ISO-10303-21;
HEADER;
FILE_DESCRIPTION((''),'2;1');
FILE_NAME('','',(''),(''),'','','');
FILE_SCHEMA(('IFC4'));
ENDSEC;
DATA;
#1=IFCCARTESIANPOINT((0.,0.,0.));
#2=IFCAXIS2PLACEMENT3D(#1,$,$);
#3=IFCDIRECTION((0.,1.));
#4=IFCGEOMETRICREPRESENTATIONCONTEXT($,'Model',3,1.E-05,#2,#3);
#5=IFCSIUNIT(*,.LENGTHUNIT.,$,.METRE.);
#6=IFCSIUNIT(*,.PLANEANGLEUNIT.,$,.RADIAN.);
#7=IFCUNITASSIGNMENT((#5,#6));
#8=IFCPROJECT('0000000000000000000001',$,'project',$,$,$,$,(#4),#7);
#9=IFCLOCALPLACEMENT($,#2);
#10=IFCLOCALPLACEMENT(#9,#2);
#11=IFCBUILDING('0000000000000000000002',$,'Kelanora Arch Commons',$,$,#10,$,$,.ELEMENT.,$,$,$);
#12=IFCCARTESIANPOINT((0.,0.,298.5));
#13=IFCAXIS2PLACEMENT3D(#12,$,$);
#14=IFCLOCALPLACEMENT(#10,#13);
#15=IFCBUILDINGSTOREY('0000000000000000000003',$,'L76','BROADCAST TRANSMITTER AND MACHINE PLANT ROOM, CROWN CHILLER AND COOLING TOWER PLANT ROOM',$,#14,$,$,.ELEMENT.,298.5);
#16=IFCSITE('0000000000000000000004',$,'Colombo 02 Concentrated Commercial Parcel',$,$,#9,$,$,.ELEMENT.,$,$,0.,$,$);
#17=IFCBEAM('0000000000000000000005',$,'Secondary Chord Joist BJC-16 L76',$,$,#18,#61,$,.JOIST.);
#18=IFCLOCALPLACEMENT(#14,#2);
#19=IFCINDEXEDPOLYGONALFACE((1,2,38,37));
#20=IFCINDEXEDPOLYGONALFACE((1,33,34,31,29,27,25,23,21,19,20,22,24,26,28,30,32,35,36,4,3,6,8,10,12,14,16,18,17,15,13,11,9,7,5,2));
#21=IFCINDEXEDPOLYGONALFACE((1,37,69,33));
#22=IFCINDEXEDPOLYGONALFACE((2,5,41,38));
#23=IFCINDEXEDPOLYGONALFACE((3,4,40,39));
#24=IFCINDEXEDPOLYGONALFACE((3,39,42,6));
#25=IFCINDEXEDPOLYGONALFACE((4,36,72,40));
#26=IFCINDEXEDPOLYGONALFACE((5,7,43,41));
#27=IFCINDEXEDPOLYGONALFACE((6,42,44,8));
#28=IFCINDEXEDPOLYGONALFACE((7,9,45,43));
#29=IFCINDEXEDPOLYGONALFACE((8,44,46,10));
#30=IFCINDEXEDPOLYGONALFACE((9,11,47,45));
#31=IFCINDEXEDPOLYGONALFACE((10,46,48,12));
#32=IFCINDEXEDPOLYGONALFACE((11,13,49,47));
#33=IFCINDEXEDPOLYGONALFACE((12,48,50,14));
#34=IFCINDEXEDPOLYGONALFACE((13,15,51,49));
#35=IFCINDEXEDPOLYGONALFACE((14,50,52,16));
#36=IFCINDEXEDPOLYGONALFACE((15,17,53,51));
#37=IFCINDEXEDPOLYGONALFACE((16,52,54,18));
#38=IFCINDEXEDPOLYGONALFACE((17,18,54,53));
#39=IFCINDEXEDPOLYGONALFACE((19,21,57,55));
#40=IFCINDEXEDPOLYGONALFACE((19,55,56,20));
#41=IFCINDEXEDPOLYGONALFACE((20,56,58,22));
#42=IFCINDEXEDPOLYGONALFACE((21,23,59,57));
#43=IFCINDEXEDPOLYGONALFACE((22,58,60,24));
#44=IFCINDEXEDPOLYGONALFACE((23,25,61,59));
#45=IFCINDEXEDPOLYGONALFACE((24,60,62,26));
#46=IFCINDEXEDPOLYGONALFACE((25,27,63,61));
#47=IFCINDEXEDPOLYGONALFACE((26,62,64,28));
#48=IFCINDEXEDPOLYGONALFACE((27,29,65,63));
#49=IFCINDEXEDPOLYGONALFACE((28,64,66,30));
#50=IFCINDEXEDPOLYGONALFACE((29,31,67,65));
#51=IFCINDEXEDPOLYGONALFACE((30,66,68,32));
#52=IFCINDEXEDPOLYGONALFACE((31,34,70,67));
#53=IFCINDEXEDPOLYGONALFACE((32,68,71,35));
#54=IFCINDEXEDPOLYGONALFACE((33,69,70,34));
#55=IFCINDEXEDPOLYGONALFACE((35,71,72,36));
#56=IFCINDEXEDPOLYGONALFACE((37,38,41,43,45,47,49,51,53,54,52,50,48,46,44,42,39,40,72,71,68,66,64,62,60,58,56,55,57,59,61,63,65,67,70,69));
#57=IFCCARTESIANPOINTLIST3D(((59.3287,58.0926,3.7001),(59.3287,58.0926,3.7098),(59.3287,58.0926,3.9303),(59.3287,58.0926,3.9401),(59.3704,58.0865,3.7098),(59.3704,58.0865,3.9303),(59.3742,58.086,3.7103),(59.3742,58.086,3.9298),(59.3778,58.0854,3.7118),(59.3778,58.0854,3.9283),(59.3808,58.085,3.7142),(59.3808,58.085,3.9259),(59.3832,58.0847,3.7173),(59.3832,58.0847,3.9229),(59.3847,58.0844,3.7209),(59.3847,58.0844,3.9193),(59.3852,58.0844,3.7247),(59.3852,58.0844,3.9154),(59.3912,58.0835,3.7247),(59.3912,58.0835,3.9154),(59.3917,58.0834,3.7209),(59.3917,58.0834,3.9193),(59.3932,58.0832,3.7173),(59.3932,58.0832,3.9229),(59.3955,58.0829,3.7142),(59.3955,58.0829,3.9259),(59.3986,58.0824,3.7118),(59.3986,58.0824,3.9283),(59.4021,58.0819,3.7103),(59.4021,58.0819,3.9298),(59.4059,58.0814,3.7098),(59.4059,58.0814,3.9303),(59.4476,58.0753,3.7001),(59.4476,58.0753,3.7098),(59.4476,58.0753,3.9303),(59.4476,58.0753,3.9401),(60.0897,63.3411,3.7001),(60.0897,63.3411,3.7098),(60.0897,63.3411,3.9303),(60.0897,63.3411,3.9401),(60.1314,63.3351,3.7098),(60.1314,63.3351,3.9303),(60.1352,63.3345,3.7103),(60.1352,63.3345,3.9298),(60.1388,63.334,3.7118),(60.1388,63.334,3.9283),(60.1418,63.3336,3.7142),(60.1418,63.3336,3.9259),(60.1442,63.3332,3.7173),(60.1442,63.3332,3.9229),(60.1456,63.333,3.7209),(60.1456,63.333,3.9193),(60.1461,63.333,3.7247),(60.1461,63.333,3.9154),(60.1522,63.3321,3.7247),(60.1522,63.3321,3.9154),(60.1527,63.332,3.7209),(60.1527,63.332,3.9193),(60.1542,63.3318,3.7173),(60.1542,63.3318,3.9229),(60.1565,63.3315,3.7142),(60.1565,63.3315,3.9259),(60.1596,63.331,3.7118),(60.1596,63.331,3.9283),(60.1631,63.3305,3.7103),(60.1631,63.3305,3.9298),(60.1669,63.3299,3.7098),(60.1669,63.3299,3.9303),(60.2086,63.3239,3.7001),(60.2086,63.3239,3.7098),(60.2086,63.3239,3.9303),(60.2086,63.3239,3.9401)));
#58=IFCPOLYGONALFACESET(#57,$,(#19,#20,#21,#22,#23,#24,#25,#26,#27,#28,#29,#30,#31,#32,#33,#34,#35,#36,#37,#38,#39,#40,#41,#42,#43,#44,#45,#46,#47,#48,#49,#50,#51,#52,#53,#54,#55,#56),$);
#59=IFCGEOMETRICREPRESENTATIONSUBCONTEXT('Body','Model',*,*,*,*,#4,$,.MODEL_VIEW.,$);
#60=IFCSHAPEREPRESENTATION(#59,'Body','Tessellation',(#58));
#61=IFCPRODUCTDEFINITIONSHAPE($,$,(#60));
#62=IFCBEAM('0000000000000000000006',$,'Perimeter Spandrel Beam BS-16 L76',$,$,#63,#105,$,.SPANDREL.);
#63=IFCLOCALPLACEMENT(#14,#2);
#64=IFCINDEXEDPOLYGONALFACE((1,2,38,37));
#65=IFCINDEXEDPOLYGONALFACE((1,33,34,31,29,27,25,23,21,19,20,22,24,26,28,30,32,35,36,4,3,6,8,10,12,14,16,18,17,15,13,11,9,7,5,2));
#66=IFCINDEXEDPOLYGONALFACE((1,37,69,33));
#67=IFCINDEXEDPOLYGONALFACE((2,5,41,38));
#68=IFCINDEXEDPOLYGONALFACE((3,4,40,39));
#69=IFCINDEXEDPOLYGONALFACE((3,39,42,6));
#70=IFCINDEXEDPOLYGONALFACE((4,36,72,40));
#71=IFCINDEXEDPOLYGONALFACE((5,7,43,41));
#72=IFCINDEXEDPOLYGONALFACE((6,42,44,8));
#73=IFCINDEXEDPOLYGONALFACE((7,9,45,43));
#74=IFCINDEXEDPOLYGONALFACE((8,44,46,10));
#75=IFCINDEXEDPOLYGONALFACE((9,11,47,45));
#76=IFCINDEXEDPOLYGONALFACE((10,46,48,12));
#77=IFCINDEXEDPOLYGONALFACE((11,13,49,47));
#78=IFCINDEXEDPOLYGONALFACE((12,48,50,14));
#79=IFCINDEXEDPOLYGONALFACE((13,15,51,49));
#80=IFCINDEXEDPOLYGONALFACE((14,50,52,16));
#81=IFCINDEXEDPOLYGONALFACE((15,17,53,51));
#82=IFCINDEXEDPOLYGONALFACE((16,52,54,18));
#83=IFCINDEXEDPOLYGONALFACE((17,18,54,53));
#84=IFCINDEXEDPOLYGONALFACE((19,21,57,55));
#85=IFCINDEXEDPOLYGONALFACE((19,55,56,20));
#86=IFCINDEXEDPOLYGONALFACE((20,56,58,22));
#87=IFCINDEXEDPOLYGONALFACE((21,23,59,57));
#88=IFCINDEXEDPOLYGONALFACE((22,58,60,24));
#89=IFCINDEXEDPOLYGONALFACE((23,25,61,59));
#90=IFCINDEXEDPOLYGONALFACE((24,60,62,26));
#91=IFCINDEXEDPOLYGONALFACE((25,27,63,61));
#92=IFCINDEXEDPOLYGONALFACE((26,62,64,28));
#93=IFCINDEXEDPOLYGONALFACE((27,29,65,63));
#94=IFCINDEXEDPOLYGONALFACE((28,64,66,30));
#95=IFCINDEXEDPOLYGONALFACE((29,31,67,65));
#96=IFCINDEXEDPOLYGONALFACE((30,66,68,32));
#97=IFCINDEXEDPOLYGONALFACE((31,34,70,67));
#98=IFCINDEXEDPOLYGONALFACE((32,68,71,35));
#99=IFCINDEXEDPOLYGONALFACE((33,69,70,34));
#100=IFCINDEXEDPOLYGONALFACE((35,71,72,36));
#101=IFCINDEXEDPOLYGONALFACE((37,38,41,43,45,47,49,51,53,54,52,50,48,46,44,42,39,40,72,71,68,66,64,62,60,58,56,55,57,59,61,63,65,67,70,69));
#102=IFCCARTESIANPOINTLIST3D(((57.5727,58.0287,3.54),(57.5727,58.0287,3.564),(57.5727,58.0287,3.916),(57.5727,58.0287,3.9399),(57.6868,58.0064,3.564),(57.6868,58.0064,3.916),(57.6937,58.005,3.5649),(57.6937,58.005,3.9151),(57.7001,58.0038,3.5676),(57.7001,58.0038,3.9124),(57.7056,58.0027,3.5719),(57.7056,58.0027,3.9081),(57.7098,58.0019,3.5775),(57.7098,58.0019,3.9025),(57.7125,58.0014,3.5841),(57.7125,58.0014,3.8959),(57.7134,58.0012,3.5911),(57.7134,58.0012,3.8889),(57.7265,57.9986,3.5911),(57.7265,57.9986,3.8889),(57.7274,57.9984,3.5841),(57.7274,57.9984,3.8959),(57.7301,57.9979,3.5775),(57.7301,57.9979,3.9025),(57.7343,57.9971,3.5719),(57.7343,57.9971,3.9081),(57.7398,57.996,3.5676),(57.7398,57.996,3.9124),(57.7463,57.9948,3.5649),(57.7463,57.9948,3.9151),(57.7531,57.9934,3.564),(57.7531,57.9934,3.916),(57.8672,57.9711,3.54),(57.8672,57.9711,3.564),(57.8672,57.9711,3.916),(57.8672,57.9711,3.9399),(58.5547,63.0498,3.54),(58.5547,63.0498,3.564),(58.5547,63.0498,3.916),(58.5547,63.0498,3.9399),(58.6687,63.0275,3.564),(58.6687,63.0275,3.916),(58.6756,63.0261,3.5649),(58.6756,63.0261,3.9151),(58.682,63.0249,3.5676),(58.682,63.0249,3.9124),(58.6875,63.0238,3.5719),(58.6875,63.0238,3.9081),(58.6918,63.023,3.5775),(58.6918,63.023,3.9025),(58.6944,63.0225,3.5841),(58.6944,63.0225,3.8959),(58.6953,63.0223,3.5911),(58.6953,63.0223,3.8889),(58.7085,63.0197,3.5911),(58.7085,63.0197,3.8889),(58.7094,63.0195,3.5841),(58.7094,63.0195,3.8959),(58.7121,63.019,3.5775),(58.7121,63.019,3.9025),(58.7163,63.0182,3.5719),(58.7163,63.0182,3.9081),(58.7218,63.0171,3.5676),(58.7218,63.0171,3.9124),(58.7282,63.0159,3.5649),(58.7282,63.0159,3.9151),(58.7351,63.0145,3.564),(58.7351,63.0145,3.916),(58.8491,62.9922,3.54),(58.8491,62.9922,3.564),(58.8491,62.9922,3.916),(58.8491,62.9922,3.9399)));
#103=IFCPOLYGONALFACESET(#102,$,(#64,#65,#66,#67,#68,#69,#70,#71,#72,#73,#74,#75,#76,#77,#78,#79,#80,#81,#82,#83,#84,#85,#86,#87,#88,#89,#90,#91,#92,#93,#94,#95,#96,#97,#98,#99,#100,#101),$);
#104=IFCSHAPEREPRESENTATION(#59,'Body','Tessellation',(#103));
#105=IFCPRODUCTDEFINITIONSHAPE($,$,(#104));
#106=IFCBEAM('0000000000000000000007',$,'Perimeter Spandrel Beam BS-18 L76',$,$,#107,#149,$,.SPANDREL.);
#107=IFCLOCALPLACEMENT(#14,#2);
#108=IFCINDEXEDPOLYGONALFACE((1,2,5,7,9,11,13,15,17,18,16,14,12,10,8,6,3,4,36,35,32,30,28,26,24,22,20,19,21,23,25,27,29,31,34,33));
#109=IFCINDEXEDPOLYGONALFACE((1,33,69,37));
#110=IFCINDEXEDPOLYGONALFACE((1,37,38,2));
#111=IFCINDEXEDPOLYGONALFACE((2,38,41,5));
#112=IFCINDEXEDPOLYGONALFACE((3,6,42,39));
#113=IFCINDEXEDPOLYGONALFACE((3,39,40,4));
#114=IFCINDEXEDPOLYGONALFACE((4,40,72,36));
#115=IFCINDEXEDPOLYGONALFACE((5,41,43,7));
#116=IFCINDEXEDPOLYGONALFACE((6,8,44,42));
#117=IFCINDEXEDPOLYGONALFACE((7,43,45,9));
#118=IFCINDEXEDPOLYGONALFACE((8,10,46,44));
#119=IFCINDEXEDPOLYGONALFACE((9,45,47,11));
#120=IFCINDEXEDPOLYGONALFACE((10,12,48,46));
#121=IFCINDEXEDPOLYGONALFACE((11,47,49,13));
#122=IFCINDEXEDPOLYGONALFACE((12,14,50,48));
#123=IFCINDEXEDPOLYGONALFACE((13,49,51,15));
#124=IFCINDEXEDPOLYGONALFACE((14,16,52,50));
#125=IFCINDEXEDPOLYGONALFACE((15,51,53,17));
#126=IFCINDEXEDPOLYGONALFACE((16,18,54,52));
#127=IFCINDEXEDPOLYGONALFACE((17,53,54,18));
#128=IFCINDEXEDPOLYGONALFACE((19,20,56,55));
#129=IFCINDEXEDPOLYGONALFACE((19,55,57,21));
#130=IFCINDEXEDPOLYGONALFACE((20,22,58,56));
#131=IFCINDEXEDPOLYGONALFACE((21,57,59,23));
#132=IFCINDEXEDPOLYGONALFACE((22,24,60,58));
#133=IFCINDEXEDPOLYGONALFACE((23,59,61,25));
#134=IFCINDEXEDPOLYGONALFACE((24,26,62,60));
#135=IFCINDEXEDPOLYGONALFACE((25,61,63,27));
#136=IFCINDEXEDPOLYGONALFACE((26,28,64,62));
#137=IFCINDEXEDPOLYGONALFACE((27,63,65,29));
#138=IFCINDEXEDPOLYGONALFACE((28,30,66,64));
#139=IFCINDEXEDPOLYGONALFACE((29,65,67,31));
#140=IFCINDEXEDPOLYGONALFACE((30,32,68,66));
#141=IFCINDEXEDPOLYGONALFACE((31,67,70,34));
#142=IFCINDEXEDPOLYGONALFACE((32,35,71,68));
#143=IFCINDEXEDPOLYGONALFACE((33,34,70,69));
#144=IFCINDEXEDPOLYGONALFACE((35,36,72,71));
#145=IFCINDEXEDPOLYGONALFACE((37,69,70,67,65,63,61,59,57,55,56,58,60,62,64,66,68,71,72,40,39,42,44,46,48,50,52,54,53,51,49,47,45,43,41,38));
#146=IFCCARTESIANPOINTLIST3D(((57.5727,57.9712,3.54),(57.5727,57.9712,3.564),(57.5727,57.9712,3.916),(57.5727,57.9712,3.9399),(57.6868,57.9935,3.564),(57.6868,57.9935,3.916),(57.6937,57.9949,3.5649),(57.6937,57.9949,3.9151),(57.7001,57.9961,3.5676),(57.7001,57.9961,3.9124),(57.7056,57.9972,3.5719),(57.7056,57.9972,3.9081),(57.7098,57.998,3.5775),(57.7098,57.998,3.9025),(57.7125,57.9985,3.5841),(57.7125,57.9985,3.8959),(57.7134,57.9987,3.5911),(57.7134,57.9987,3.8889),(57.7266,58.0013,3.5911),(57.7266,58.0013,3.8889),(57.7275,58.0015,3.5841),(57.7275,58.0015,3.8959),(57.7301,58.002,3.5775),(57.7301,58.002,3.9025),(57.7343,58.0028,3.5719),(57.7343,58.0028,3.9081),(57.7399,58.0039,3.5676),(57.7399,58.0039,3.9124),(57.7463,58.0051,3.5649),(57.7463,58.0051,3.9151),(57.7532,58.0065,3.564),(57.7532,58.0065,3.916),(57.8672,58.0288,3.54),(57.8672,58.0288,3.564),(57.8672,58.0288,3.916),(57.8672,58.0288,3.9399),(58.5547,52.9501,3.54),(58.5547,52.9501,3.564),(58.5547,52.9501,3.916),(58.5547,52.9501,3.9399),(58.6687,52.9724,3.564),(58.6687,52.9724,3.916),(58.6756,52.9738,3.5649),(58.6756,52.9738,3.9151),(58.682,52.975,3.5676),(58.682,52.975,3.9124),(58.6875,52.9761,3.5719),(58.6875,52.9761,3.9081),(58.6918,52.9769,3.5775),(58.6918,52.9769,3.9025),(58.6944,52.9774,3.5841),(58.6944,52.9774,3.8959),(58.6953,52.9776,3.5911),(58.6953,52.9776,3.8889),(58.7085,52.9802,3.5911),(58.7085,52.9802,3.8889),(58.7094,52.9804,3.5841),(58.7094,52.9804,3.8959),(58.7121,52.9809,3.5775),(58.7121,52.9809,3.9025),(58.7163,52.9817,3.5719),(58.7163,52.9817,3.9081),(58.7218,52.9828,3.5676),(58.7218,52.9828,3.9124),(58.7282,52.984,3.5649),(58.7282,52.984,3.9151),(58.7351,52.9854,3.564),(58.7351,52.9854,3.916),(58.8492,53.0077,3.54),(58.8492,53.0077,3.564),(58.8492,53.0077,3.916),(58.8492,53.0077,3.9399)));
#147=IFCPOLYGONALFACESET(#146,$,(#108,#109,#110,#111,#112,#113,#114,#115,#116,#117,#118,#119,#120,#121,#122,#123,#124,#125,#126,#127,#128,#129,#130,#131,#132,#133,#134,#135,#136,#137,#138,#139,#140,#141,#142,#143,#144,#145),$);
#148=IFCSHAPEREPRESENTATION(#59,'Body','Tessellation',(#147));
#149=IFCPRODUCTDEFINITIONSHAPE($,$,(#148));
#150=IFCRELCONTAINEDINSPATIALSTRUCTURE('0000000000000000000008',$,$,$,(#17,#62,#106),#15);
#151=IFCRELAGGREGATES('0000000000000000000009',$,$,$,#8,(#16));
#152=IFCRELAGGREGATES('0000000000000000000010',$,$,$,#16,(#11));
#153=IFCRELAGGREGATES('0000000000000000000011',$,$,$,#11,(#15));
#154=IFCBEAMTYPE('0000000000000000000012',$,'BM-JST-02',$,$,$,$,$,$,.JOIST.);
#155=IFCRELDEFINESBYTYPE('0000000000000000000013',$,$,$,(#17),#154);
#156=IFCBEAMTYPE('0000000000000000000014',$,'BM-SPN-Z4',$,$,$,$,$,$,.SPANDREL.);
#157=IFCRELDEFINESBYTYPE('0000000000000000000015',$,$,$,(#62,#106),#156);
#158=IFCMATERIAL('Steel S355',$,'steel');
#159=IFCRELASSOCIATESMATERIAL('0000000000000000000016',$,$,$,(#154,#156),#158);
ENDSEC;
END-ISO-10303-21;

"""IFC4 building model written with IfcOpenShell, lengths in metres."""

from ifc_helpers import new_model, si_unit, direction, frame, origin, origin_2d, place, context, subcontext, project, spatial, i_section, extrude, material, material_profile, profile_set, type_object, element, save


model = new_model("IFC4")

# Units and contexts
model_context = context("Model", 3, precision=1e-05, world=origin(), true_north=direction((0.0, 1.0)))
body_context = subcontext(model_context, "Body", "Model", "MODEL_VIEW")
ifc_project = project(units=[si_unit("LENGTHUNIT", "METRE"), si_unit("PLANEANGLEUNIT", "RADIAN")], contexts=[model_context])

# Site, building, storey
site_placement = place(None, origin())
site = spatial("IfcSite", under=ifc_project, at=site_placement, Name="Colombo 02 Concentrated Commercial Parcel", CompositionType="ELEMENT", RefElevation=0.0)
building_placement = place(site_placement, origin())
building = spatial("IfcBuilding", under=site, at=building_placement, Name="Kelanora Arch Commons", CompositionType="ELEMENT")
storey_placement = place(building_placement, frame((0.0, 0.0, 298.5)))
storey = spatial("IfcBuildingStorey", under=building, at=storey_placement, Name="L76", Description="BROADCAST TRANSMITTER AND MACHINE PLANT ROOM, CROWN CHILLER AND COOLING TOWER PLANT ROOM", CompositionType="ELEMENT", Elevation=298.5)

# Beams
ifc_material_1 = material(Name="Steel S355", Category="steel")
ifc_material_profile_1 = material_profile(ifc_material_1, i_section(OverallWidth=0.1201, OverallDepth=0.24, WebThickness=0.0061, FlangeThickness=0.0098, FilletRadius=0.0149, at=origin_2d()), Name="IPE240")
ifc_profile_set_1 = profile_set([ifc_material_profile_1], Name="Steel S355")
beam_type_1 = type_object("IfcBeamType", Name="BM-JST-02", PredefinedType="JOIST", material=ifc_profile_set_1)
beam_1_placement = place(storey_placement, frame((60.1492, 63.3325, 3.8201), z_axis=(-0.14349, -0.989652, 0.0), x_axis=(0.989652, -0.14349, 0.0)))
element("IfcBeam", 1, at=beam_1_placement, inside=storey, type_object=beam_type_1, Name="Secondary Chord Joist BJC-16 L76", PredefinedType="JOIST", context=body_context, shape_type="SweptSolid", body=[
    extrude(i_section(OverallWidth=0.1201, OverallDepth=0.24, WebThickness=0.0061, FlangeThickness=0.0098, FilletRadius=0.0149, at=origin_2d()), origin(), (0.0, 0.0, 1.0), 5.3035),
])
ifc_material_profile_2 = material_profile(ifc_material_1, i_section(OverallWidth=0.3, OverallDepth=0.3999, WebThickness=0.0134, FlangeThickness=0.0239, FilletRadius=0.0271, at=origin_2d()), Name="HEB400")
ifc_profile_set_2 = profile_set([ifc_material_profile_2], Name="Steel S355")
beam_type_2 = type_object("IfcBeamType", Name="BM-SPN-Z4", PredefinedType="SPANDREL", material=ifc_profile_set_2)
for number, where, z_axis, x_axis, name in (
    (2, (58.7019, 63.021, 3.74), (-0.19193, -0.981409, 0.0), (0.981409, -0.19193, 0.0), "Perimeter Spandrel Beam BS-16 L76"),
    (3, (57.72, 58.0, 3.74), (0.19193, -0.981409, 0.0), (0.981409, 0.19193, 0.0), "Perimeter Spandrel Beam BS-18 L76"),
):
    element("IfcBeam", number, at=place(storey_placement, frame(where, z_axis=z_axis, x_axis=x_axis)), inside=storey, type_object=beam_type_2, Name=name, PredefinedType="SPANDREL", context=body_context, shape_type="SweptSolid", body=[
        extrude(i_section(OverallWidth=0.3, OverallDepth=0.3999, WebThickness=0.0134, FlangeThickness=0.0239, FilletRadius=0.0271, at=origin_2d()), origin(), (0.0, 0.0, 1.0), 5.1162),
    ])

save(model, "model.ifc")
